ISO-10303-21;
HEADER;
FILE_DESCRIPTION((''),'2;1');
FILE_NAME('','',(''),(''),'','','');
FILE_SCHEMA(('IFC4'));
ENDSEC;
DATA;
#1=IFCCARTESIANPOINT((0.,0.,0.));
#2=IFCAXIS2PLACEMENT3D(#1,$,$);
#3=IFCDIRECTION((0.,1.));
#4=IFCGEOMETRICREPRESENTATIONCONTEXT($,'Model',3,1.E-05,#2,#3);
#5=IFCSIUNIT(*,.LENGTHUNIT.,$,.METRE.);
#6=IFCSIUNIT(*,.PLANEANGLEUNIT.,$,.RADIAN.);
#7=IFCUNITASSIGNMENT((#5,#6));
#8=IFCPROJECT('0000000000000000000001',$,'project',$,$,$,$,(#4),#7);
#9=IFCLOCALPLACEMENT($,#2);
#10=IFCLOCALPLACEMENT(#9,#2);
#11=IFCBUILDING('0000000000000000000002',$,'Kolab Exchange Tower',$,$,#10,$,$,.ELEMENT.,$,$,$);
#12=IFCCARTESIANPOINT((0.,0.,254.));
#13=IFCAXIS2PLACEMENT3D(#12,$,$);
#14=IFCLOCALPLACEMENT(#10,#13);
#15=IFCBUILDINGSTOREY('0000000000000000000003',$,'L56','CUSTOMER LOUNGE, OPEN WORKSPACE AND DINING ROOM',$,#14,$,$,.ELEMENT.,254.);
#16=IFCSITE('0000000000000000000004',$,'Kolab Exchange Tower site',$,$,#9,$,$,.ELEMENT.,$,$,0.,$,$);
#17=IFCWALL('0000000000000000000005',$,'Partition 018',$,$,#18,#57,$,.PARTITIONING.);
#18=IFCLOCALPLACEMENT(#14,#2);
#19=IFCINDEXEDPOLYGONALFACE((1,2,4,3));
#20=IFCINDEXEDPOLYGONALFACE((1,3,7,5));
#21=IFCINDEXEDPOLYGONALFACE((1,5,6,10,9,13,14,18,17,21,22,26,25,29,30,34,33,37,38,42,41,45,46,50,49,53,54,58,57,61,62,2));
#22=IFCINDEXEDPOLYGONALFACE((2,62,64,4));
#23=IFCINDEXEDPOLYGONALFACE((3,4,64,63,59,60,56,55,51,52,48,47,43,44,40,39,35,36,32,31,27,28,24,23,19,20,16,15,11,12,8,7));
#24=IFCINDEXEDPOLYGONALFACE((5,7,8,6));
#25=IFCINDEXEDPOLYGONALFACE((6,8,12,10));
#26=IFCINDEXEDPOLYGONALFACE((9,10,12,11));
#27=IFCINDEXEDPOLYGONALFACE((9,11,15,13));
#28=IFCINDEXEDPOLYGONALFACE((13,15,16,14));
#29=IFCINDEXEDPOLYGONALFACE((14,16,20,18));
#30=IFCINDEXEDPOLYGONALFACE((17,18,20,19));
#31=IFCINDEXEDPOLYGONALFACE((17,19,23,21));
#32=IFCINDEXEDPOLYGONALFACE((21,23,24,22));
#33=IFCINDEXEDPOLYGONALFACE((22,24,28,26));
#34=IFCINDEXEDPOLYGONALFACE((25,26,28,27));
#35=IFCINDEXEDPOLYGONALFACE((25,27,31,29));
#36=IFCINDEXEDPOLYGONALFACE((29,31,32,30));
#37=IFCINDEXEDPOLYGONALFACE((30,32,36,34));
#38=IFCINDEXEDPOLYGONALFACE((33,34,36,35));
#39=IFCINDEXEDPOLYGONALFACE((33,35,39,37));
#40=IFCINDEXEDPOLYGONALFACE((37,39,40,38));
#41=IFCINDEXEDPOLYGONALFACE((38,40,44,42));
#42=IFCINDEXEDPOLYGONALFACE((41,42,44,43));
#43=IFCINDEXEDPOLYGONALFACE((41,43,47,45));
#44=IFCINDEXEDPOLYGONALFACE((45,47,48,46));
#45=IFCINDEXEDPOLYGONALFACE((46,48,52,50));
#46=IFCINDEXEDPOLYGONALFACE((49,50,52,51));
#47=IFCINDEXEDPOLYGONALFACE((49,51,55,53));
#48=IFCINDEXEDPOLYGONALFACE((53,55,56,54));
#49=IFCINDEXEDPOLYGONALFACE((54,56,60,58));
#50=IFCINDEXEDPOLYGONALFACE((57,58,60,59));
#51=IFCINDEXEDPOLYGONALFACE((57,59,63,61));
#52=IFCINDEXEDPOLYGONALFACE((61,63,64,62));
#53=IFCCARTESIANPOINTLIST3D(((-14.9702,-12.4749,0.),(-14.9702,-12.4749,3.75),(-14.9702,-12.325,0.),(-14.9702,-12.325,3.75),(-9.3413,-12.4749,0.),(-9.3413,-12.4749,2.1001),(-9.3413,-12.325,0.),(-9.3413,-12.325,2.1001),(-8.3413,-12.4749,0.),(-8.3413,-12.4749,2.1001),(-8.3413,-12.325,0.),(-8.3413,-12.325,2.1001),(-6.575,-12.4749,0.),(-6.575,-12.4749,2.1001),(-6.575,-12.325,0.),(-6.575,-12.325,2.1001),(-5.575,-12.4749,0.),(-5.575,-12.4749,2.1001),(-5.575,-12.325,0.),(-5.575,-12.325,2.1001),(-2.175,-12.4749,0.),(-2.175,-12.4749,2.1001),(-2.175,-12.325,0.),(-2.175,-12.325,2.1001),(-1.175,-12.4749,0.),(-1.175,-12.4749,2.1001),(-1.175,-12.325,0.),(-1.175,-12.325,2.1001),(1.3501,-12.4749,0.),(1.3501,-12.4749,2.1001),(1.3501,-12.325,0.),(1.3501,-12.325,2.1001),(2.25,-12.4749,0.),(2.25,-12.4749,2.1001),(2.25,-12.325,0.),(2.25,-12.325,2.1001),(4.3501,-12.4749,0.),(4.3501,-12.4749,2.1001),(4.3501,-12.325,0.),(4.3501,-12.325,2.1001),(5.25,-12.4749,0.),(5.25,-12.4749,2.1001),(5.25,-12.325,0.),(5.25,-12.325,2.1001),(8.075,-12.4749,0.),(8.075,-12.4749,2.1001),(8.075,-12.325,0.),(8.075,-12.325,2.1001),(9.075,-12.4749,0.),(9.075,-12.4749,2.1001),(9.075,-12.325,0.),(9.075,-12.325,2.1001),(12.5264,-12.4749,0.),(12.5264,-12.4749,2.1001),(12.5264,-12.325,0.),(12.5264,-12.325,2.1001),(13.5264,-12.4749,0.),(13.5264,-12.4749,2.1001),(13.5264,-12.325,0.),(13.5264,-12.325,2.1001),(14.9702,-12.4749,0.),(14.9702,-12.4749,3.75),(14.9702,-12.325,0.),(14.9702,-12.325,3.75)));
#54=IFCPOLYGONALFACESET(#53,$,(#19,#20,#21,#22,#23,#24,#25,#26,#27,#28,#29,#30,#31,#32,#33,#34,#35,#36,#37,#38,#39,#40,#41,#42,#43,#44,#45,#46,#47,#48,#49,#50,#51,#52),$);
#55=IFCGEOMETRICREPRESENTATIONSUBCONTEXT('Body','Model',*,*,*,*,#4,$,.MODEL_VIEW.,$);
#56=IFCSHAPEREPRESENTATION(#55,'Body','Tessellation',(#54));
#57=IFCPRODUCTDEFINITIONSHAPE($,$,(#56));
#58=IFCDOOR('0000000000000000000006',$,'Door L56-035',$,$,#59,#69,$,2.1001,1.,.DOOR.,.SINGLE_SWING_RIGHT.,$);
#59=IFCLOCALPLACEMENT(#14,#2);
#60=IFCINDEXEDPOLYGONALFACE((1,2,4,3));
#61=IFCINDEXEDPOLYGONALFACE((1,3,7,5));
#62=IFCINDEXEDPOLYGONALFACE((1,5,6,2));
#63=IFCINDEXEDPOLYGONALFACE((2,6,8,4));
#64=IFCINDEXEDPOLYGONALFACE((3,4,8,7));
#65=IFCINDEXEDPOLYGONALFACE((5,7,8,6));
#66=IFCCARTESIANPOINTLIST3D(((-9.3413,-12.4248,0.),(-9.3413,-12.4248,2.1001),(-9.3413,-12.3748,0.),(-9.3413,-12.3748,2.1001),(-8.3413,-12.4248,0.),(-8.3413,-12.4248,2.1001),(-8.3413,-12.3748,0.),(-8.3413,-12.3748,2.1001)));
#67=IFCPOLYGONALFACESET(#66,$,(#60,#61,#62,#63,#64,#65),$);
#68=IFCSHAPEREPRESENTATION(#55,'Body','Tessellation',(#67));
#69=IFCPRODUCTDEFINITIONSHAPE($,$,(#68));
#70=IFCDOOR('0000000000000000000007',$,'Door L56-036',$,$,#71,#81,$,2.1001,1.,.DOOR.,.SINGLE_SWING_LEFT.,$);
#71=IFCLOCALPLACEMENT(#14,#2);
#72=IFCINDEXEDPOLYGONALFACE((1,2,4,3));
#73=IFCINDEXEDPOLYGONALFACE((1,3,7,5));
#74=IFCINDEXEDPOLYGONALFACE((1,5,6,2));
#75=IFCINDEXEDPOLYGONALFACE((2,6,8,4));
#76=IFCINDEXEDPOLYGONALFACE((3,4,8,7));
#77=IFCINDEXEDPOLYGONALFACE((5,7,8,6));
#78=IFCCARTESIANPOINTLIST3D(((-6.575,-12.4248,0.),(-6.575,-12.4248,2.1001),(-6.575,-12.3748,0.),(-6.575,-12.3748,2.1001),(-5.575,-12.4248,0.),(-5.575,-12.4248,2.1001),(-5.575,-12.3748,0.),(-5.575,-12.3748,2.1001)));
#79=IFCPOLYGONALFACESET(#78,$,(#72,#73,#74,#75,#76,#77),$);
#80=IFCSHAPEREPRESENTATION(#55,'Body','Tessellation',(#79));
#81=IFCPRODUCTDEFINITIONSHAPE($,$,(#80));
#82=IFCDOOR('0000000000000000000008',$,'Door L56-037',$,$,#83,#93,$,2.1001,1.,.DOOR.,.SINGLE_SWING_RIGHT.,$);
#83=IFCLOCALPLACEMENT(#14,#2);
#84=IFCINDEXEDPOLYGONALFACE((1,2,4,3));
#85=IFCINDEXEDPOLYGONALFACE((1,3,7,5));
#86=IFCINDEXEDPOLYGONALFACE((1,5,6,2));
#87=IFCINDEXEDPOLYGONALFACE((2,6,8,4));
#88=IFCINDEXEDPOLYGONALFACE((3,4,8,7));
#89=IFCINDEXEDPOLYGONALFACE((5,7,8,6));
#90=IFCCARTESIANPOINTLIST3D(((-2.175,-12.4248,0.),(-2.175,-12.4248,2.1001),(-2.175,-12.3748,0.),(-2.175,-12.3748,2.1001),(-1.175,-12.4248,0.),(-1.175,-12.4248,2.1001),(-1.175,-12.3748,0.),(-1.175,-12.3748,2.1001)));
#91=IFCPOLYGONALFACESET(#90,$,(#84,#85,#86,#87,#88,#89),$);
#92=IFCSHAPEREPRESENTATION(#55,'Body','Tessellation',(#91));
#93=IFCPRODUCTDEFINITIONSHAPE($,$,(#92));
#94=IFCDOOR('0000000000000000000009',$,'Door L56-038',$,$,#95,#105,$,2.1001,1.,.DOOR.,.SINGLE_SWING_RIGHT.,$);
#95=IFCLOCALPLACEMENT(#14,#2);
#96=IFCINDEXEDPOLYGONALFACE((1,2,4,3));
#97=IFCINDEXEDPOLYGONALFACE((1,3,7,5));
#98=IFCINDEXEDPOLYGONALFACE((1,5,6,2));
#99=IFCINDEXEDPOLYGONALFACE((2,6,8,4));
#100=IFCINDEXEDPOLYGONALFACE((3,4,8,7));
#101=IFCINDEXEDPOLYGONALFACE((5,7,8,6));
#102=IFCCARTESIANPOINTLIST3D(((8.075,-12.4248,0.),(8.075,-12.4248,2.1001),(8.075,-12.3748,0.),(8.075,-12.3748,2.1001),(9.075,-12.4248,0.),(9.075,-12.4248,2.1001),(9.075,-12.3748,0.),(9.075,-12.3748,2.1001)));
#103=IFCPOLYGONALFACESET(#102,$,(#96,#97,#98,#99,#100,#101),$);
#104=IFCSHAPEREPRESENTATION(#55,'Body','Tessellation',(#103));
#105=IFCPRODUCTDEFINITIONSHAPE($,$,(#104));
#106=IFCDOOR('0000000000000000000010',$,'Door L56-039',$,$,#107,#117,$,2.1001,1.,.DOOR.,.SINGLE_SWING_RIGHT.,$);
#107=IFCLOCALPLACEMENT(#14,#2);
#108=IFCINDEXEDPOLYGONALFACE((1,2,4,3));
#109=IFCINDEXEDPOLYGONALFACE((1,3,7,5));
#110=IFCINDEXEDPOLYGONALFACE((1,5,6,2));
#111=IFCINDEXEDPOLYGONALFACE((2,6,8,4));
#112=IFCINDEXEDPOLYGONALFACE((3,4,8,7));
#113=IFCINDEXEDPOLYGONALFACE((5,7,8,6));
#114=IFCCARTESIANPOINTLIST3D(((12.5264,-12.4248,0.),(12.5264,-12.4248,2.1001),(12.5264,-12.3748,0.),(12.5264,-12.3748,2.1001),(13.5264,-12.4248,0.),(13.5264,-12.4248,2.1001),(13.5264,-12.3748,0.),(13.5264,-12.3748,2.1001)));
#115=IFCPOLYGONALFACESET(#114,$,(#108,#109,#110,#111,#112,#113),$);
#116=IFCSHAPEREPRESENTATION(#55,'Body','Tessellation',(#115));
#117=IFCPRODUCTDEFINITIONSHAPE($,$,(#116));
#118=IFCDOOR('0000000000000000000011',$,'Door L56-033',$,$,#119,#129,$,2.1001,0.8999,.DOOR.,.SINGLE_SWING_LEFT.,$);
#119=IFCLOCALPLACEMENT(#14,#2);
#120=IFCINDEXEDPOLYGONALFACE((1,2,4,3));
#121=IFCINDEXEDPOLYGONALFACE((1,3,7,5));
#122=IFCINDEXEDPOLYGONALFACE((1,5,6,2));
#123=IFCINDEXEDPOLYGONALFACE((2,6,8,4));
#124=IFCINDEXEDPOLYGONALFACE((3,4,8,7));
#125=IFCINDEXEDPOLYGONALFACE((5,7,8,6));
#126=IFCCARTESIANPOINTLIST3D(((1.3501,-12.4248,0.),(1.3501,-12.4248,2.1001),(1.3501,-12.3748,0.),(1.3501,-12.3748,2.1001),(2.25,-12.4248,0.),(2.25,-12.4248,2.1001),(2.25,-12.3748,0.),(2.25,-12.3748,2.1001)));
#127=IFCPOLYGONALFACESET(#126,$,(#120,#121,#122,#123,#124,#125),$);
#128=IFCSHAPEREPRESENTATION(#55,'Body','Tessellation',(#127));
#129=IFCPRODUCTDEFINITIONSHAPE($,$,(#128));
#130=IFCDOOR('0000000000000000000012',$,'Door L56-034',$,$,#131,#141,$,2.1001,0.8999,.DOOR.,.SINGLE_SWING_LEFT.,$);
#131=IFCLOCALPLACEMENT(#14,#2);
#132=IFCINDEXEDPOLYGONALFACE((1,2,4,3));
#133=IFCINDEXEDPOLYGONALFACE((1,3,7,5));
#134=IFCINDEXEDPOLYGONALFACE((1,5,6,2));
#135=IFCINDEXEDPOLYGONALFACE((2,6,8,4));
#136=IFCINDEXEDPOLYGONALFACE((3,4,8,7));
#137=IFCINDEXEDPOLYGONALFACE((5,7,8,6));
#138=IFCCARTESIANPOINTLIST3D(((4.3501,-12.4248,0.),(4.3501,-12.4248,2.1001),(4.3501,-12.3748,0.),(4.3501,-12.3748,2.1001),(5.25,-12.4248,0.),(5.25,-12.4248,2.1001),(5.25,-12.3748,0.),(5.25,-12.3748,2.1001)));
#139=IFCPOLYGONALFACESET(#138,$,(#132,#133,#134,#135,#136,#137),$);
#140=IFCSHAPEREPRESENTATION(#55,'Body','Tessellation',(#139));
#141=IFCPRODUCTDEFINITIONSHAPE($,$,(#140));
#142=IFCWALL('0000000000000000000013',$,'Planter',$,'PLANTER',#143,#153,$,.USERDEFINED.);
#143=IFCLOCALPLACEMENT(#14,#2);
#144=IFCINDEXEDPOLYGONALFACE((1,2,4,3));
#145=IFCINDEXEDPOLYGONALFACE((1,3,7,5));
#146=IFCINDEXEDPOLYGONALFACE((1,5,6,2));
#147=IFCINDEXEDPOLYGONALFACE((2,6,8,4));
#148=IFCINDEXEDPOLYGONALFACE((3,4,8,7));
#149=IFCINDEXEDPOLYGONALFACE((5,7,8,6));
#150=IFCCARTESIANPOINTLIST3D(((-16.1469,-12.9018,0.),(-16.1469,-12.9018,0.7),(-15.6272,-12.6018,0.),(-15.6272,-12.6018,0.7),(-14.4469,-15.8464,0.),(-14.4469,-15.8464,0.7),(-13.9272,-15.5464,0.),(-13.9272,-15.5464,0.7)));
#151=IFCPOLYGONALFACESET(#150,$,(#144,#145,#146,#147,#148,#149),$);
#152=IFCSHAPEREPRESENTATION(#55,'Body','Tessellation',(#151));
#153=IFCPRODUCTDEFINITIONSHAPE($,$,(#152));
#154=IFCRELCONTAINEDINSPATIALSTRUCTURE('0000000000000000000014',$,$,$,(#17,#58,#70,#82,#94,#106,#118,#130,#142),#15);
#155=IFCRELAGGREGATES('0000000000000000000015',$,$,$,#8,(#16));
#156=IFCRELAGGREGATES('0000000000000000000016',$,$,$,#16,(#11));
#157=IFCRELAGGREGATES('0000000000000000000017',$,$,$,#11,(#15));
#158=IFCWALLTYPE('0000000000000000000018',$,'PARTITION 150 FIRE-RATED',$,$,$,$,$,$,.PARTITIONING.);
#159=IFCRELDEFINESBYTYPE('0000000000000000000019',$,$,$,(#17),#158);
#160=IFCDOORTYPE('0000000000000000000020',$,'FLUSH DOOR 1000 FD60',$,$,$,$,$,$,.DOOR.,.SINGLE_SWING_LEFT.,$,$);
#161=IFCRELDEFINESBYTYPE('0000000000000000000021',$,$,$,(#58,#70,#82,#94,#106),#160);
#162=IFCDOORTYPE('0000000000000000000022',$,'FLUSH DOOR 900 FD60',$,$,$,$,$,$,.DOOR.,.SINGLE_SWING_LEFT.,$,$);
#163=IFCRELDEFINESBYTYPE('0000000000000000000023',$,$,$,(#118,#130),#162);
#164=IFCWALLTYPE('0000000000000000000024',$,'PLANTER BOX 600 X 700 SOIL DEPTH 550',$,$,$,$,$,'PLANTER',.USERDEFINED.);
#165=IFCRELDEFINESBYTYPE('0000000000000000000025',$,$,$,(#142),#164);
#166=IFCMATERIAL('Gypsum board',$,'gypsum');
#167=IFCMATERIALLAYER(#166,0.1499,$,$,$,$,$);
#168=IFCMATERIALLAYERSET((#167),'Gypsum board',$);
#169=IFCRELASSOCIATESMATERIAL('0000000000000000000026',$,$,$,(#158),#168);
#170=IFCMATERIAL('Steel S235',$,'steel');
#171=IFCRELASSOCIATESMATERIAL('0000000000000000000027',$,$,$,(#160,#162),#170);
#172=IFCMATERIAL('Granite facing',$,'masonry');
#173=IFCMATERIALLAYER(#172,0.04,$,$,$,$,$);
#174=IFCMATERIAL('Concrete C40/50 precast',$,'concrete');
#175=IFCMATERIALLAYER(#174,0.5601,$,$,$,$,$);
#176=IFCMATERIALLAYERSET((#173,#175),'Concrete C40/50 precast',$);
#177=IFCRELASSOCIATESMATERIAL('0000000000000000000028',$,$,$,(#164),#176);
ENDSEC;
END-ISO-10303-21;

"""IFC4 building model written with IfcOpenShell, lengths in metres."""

from ifc_helpers import new_model, si_unit, direction, frame, frame_2d, origin, place, context, subcontext, project, spatial, rectangle, extrude, material, layer, layer_set, type_object, element, fill, save


model = new_model("IFC4")

# Units and contexts
model_context = context("Model", 3, precision=1e-05, world=origin(), true_north=direction((0.0, 1.0)))
body_context = subcontext(model_context, "Body", "Model", "MODEL_VIEW")
ifc_project = project(units=[si_unit("LENGTHUNIT", "METRE"), si_unit("PLANEANGLEUNIT", "RADIAN")], contexts=[model_context])

# Site, building, storey
site_placement = place(None, origin())
site = spatial("IfcSite", under=ifc_project, at=site_placement, Name="Kolab Exchange Tower site", CompositionType="ELEMENT", RefElevation=0.0)
building_placement = place(site_placement, origin())
building = spatial("IfcBuilding", under=site, at=building_placement, Name="Kolab Exchange Tower", CompositionType="ELEMENT")
storey_placement = place(building_placement, frame((0.0, 0.0, 254.0)))
storey = spatial("IfcBuildingStorey", under=building, at=storey_placement, Name="L56", Description="CUSTOMER LOUNGE, OPEN WORKSPACE AND DINING ROOM", CompositionType="ELEMENT", Elevation=254.0)

# Wall, openings, doors
ifc_material_1 = material(Name="Gypsum board", Category="gypsum")
ifc_layer_1 = layer(ifc_material_1, 0.1499)
ifc_layer_set_1 = layer_set([ifc_layer_1], Name="Gypsum board")
wall_type_1 = type_object("IfcWallType", Name="PARTITION 150 FIRE-RATED", PredefinedType="PARTITIONING", material=ifc_layer_set_1)
wall_1_placement = place(storey_placement, frame((-14.9702, -12.3999, 0.0), z_axis=(0.0, 0.0, 1.0), x_axis=(1.0, 0.0, 0.0)))
wall_1 = element("IfcWall", 1, at=wall_1_placement, inside=storey, type_object=wall_type_1, Name="Partition 018", PredefinedType="PARTITIONING", context=body_context, shape_type="SweptSolid", body=[
    extrude(rectangle(XDim=29.9404, YDim=0.1499, at=frame_2d((14.9702, 0.0))), origin(), (0.0, 0.0, 1.0), 3.75),
])
opening_1_placement = place(wall_1_placement, frame((16.3203, 0.0, 0.0)))
opening_1 = element("IfcOpeningElement", 2, at=opening_1_placement, cuts=wall_1, PredefinedType="OPENING", context=body_context, shape_type="SweptSolid", body=[
    extrude(rectangle(XDim=0.8999, YDim=2.1001, at=frame_2d((0.45, 1.05))), frame((0.0, 0.085, 0.0), z_axis=(0.0, -1.0, 0.0), x_axis=(1.0, 0.0, 0.0)), (0.0, 0.0, 1.0), 0.1699),
])
opening_2_placement = place(wall_1_placement, frame((19.3203, 0.0, 0.0)))
opening_2 = element("IfcOpeningElement", 3, at=opening_2_placement, cuts=wall_1, PredefinedType="OPENING", context=body_context, shape_type="SweptSolid", body=[
    extrude(rectangle(XDim=0.8999, YDim=2.1001, at=frame_2d((0.45, 1.05))), frame((0.0, 0.085, 0.0), z_axis=(0.0, -1.0, 0.0), x_axis=(1.0, 0.0, 0.0)), (0.0, 0.0, 1.0), 0.1699),
])
opening_3_placement = place(wall_1_placement, frame((5.6289, 0.0, 0.0)))
opening_3 = element("IfcOpeningElement", 4, at=opening_3_placement, cuts=wall_1, PredefinedType="OPENING", context=body_context, shape_type="SweptSolid", body=[
    extrude(rectangle(XDim=1.0, YDim=2.1001, at=frame_2d((0.5, 1.05))), frame((0.0, 0.085, 0.0), z_axis=(0.0, -1.0, 0.0), x_axis=(1.0, 0.0, 0.0)), (0.0, 0.0, 1.0), 0.1699),
])
opening_4_placement = place(wall_1_placement, frame((8.3953, 0.0, 0.0)))
opening_4 = element("IfcOpeningElement", 5, at=opening_4_placement, cuts=wall_1, PredefinedType="OPENING", context=body_context, shape_type="SweptSolid", body=[
    extrude(rectangle(XDim=1.0, YDim=2.1001, at=frame_2d((0.5, 1.05))), frame((0.0, 0.085, 0.0), z_axis=(0.0, -1.0, 0.0), x_axis=(1.0, 0.0, 0.0)), (0.0, 0.0, 1.0), 0.1699),
])
opening_5_placement = place(wall_1_placement, frame((12.7952, 0.0, 0.0)))
opening_5 = element("IfcOpeningElement", 6, at=opening_5_placement, cuts=wall_1, PredefinedType="OPENING", context=body_context, shape_type="SweptSolid", body=[
    extrude(rectangle(XDim=1.0, YDim=2.1001, at=frame_2d((0.5, 1.05))), frame((0.0, 0.085, 0.0), z_axis=(0.0, -1.0, 0.0), x_axis=(1.0, 0.0, 0.0)), (0.0, 0.0, 1.0), 0.1699),
])
opening_6_placement = place(wall_1_placement, frame((23.0452, 0.0, 0.0)))
opening_6 = element("IfcOpeningElement", 7, at=opening_6_placement, cuts=wall_1, PredefinedType="OPENING", context=body_context, shape_type="SweptSolid", body=[
    extrude(rectangle(XDim=1.0, YDim=2.1001, at=frame_2d((0.5, 1.05))), frame((0.0, 0.085, 0.0), z_axis=(0.0, -1.0, 0.0), x_axis=(1.0, 0.0, 0.0)), (0.0, 0.0, 1.0), 0.1699),
])
opening_7_placement = place(wall_1_placement, frame((27.4966, 0.0, 0.0)))
opening_7 = element("IfcOpeningElement", 8, at=opening_7_placement, cuts=wall_1, PredefinedType="OPENING", context=body_context, shape_type="SweptSolid", body=[
    extrude(rectangle(XDim=1.0, YDim=2.1001, at=frame_2d((0.5, 1.05))), frame((0.0, 0.085, 0.0), z_axis=(0.0, -1.0, 0.0), x_axis=(1.0, 0.0, 0.0)), (0.0, 0.0, 1.0), 0.1699),
])
ifc_material_2 = material(Name="Steel S235", Category="steel")
door_type_1 = type_object("IfcDoorType", Name="FLUSH DOOR 1000 FD60", OperationType="SINGLE_SWING_LEFT", PredefinedType="DOOR", material=ifc_material_2)
door_1_placement = place(opening_3_placement, frame((1.0, 0.0, 0.0), z_axis=(0.0, 0.0, 1.0), x_axis=(-1.0, 0.0, 0.0)))
door_1 = element("IfcDoor", 9, at=door_1_placement, inside=storey, type_object=door_type_1, Name="Door L56-035", OperationType="SINGLE_SWING_RIGHT", OverallHeight=2.1001, OverallWidth=1.0, PredefinedType="DOOR", context=body_context, shape_type="SweptSolid", body=[
    extrude(rectangle(XDim=1.0, YDim=2.1001, at=frame_2d((0.5, 1.05))), frame((0.0, 0.0249, 0.0), z_axis=(0.0, -1.0, 0.0), x_axis=(1.0, 0.0, 0.0)), (0.0, 0.0, 1.0), 0.05),
])
fill(opening_3, door_1)
door_2_placement = place(opening_4_placement, frame((1.0, 0.0, 0.0), z_axis=(0.0, 0.0, 1.0), x_axis=(-1.0, 0.0, 0.0)))
door_2 = element("IfcDoor", 10, at=door_2_placement, inside=storey, type_object=door_type_1, Name="Door L56-036", OperationType="SINGLE_SWING_LEFT", OverallHeight=2.1001, OverallWidth=1.0, PredefinedType="DOOR", context=body_context, shape_type="SweptSolid", body=[
    extrude(rectangle(XDim=1.0, YDim=2.1001, at=frame_2d((0.5, 1.05))), frame((0.0, 0.0249, 0.0), z_axis=(0.0, -1.0, 0.0), x_axis=(1.0, 0.0, 0.0)), (0.0, 0.0, 1.0), 0.05),
])
fill(opening_4, door_2)
door_3_placement = place(opening_5_placement, frame((1.0, 0.0, 0.0), z_axis=(0.0, 0.0, 1.0), x_axis=(-1.0, 0.0, 0.0)))
door_3 = element("IfcDoor", 11, at=door_3_placement, inside=storey, type_object=door_type_1, Name="Door L56-037", OperationType="SINGLE_SWING_RIGHT", OverallHeight=2.1001, OverallWidth=1.0, PredefinedType="DOOR", context=body_context, shape_type="SweptSolid", body=[
    extrude(rectangle(XDim=1.0, YDim=2.1001, at=frame_2d((0.5, 1.05))), frame((0.0, 0.0249, 0.0), z_axis=(0.0, -1.0, 0.0), x_axis=(1.0, 0.0, 0.0)), (0.0, 0.0, 1.0), 0.05),
])
fill(opening_5, door_3)
door_4_placement = place(opening_6_placement, frame((1.0, 0.0, 0.0), z_axis=(0.0, 0.0, 1.0), x_axis=(-1.0, 0.0, 0.0)))
door_4 = element("IfcDoor", 12, at=door_4_placement, inside=storey, type_object=door_type_1, Name="Door L56-038", OperationType="SINGLE_SWING_RIGHT", OverallHeight=2.1001, OverallWidth=1.0, PredefinedType="DOOR", context=body_context, shape_type="SweptSolid", body=[
    extrude(rectangle(XDim=1.0, YDim=2.1001, at=frame_2d((0.5, 1.05))), frame((0.0, 0.0249, 0.0), z_axis=(0.0, -1.0, 0.0), x_axis=(1.0, 0.0, 0.0)), (0.0, 0.0, 1.0), 0.05),
])
fill(opening_6, door_4)
door_5_placement = place(opening_7_placement, frame((1.0, 0.0, 0.0), z_axis=(0.0, 0.0, 1.0), x_axis=(-1.0, 0.0, 0.0)))
door_5 = element("IfcDoor", 13, at=door_5_placement, inside=storey, type_object=door_type_1, Name="Door L56-039", OperationType="SINGLE_SWING_RIGHT", OverallHeight=2.1001, OverallWidth=1.0, PredefinedType="DOOR", context=body_context, shape_type="SweptSolid", body=[
    extrude(rectangle(XDim=1.0, YDim=2.1001, at=frame_2d((0.5, 1.05))), frame((0.0, 0.0249, 0.0), z_axis=(0.0, -1.0, 0.0), x_axis=(1.0, 0.0, 0.0)), (0.0, 0.0, 1.0), 0.05),
])
fill(opening_7, door_5)
door_type_2 = type_object("IfcDoorType", Name="FLUSH DOOR 900 FD60", OperationType="SINGLE_SWING_LEFT", PredefinedType="DOOR", material=ifc_material_2)
door_6_placement = place(opening_1_placement, frame((0.8999, 0.0, 0.0), z_axis=(0.0, 0.0, 1.0), x_axis=(-1.0, 0.0, 0.0)))
door_6 = element("IfcDoor", 14, at=door_6_placement, inside=storey, type_object=door_type_2, Name="Door L56-033", OperationType="SINGLE_SWING_LEFT", OverallHeight=2.1001, OverallWidth=0.8999, PredefinedType="DOOR", context=body_context, shape_type="SweptSolid", body=[
    extrude(rectangle(XDim=0.8999, YDim=2.1001, at=frame_2d((0.45, 1.05))), frame((0.0, 0.0249, 0.0), z_axis=(0.0, -1.0, 0.0), x_axis=(1.0, 0.0, 0.0)), (0.0, 0.0, 1.0), 0.05),
])
fill(opening_1, door_6)
door_7_placement = place(opening_2_placement, frame((0.8999, 0.0, 0.0), z_axis=(0.0, 0.0, 1.0), x_axis=(-1.0, 0.0, 0.0)))
door_7 = element("IfcDoor", 15, at=door_7_placement, inside=storey, type_object=door_type_2, Name="Door L56-034", OperationType="SINGLE_SWING_LEFT", OverallHeight=2.1001, OverallWidth=0.8999, PredefinedType="DOOR", context=body_context, shape_type="SweptSolid", body=[
    extrude(rectangle(XDim=0.8999, YDim=2.1001, at=frame_2d((0.45, 1.05))), frame((0.0, 0.0249, 0.0), z_axis=(0.0, -1.0, 0.0), x_axis=(1.0, 0.0, 0.0)), (0.0, 0.0, 1.0), 0.05),
])
fill(opening_2, door_7)

# Wall
ifc_material_3 = material(Name="Granite facing", Category="masonry")
ifc_layer_2 = layer(ifc_material_3, 0.04)
ifc_material_4 = material(Name="Concrete C40/50 precast", Category="concrete")
ifc_layer_3 = layer(ifc_material_4, 0.5601)
ifc_layer_set_2 = layer_set([ifc_layer_2, ifc_layer_3], Name="Concrete C40/50 precast")
wall_type_2 = type_object("IfcWallType", Name="PLANTER BOX 600 X 700 SOIL DEPTH 550", ElementType="PLANTER", PredefinedType="USERDEFINED", material=ifc_layer_set_2)
wall_2_placement = place(storey_placement, frame((-14.187, -15.6965, 0.0), z_axis=(0.0, 0.0, 1.0), x_axis=(-0.499977, 0.866039, 0.0)))
element("IfcWall", 16, at=wall_2_placement, inside=storey, type_object=wall_type_2, Name="Planter", ObjectType="PLANTER", PredefinedType="USERDEFINED", context=body_context, shape_type="SweptSolid", body=[
    extrude(rectangle(XDim=3.4001, YDim=0.6001, at=frame_2d((1.7002, 0.0))), origin(), (0.0, 0.0, 1.0), 0.7),
])

save(model, "model.ifc")
